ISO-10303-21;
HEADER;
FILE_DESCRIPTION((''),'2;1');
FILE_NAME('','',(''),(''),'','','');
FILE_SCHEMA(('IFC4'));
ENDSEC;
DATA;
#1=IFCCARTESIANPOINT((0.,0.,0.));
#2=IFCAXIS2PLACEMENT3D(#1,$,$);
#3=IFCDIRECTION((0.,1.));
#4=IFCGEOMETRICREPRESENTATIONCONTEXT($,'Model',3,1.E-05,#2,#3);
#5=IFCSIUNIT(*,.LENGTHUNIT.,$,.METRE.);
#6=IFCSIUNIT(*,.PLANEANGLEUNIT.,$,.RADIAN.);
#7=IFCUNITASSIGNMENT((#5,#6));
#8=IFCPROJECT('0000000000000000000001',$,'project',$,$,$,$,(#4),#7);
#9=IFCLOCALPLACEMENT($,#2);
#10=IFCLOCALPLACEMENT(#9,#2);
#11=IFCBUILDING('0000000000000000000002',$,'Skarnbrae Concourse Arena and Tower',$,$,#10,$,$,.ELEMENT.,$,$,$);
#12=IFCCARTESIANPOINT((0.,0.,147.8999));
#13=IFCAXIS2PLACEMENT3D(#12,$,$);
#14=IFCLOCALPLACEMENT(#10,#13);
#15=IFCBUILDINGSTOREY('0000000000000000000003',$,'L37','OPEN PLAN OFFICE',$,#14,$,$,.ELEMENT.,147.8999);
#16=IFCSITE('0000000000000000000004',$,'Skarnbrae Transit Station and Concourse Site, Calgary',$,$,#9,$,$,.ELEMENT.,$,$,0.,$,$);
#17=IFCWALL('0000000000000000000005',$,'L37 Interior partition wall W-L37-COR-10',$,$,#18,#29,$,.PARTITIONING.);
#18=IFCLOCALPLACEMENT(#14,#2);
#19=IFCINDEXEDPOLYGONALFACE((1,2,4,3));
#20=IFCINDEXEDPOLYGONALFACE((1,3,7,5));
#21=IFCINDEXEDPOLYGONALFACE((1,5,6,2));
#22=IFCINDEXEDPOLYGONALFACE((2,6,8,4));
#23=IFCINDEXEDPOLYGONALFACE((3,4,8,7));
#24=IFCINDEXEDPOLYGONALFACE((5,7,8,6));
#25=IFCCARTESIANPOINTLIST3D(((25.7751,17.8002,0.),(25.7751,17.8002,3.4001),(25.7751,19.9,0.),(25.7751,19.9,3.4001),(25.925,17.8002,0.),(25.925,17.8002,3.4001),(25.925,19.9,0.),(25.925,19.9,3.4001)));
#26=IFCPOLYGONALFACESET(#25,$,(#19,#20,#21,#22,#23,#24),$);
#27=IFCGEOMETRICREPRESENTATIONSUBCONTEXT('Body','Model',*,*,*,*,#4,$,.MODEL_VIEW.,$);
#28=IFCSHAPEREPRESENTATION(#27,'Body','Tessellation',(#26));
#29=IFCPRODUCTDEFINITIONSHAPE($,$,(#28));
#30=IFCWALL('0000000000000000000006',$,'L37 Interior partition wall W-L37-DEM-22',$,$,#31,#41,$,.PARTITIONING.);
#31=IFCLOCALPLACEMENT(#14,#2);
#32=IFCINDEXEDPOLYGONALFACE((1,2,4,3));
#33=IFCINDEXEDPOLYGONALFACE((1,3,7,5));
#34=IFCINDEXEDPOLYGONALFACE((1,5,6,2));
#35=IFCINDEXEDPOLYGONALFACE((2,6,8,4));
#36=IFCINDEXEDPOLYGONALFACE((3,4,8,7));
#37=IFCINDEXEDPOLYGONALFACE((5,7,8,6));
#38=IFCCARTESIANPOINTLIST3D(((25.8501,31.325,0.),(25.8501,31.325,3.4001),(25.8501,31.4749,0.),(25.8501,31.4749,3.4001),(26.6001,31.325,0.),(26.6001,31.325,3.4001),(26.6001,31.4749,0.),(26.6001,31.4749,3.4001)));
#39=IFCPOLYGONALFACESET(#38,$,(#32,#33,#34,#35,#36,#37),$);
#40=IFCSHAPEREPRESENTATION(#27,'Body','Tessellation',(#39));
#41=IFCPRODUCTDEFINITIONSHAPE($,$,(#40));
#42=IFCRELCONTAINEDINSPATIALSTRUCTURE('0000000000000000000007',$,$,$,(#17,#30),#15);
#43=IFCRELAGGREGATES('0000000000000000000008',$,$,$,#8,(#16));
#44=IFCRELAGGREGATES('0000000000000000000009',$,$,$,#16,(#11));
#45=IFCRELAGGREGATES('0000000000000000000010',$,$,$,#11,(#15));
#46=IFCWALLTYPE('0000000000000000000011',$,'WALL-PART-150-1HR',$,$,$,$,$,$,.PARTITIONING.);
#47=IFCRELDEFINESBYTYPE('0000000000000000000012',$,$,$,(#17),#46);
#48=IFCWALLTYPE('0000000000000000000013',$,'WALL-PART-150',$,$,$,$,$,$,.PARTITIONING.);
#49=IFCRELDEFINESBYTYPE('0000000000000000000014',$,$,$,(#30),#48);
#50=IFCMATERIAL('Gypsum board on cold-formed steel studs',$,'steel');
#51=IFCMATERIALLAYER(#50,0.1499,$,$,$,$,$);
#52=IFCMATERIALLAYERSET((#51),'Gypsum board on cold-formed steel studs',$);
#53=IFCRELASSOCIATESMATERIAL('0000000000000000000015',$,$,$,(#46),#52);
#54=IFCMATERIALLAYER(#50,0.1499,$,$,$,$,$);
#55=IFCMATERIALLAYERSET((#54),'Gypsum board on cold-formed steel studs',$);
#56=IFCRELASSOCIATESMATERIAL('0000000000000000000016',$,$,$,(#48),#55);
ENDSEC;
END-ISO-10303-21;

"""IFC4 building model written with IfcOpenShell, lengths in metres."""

from ifc_helpers import new_model, si_unit, direction, frame, frame_2d, origin, place, context, subcontext, project, spatial, rectangle, extrude, source, transform, mapped, material, layer, layer_set, type_object, element, save


model = new_model("IFC4")

# Units and contexts
model_context = context("Model", 3, precision=1e-05, world=origin(), true_north=direction((0.0, 1.0)))
body_context = subcontext(model_context, "Body", "Model", "MODEL_VIEW")
ifc_project = project(units=[si_unit("LENGTHUNIT", "METRE"), si_unit("PLANEANGLEUNIT", "RADIAN")], contexts=[model_context])

# Site, building, storey
site_placement = place(None, origin())
site = spatial("IfcSite", under=ifc_project, at=site_placement, Name="Skarnbrae Transit Station and Concourse Site, Calgary", CompositionType="ELEMENT", RefElevation=0.0)
building_placement = place(site_placement, origin())
building = spatial("IfcBuilding", under=site, at=building_placement, Name="Skarnbrae Concourse Arena and Tower", CompositionType="ELEMENT")
storey_placement = place(building_placement, frame((0.0, 0.0, 147.8999)))
storey = spatial("IfcBuildingStorey", under=building, at=storey_placement, Name="L37", Description="OPEN PLAN OFFICE", CompositionType="ELEMENT", Elevation=147.8999)

# Walls
ifc_material_1 = material(Name="Gypsum board on cold-formed steel studs", Category="steel")
ifc_layer_1 = layer(ifc_material_1, 0.1499)
ifc_layer_set_1 = layer_set([ifc_layer_1], Name="Gypsum board on cold-formed steel studs")
wall_type_1 = type_object("IfcWallType", Name="WALL-PART-150-1HR", PredefinedType="PARTITIONING", material=ifc_layer_set_1)
shared_shape_1 = source(origin(), body_context, "Body", "SweptSolid", [
    extrude(rectangle(XDim=2.0999, YDim=0.1499, at=frame_2d((1.0498, 0.0))), origin(), (0.0, 0.0, 1.0), 3.4001),
])
wall_1_placement = place(storey_placement, frame((25.8501, 19.8999, 0.0), z_axis=(0.0, 0.0, 1.0), x_axis=(0.0, -1.0, 0.0)))
element("IfcWall", 1, at=wall_1_placement, inside=storey, type_object=wall_type_1, Name="L37 Interior partition wall W-L37-COR-10", PredefinedType="PARTITIONING", context=body_context, shape_type="MappedRepresentation", body=[
    mapped(shared_shape_1, transform((0.0, 0.0, 0.0))),
])
ifc_layer_2 = layer(ifc_material_1, 0.1499)
ifc_layer_set_2 = layer_set([ifc_layer_2], Name="Gypsum board on cold-formed steel studs")
wall_type_2 = type_object("IfcWallType", Name="WALL-PART-150", PredefinedType="PARTITIONING", material=ifc_layer_set_2)
shared_shape_2 = source(origin(), body_context, "Body", "SweptSolid", [
    extrude(rectangle(XDim=0.75, YDim=0.1499, at=frame_2d((0.375, 0.0))), origin(), (0.0, 0.0, 1.0), 3.4001),
])
wall_2_placement = place(storey_placement, frame((26.6001, 31.3999, 0.0), z_axis=(0.0, 0.0, 1.0), x_axis=(-1.0, 0.0, 0.0)))
element("IfcWall", 2, at=wall_2_placement, inside=storey, type_object=wall_type_2, Name="L37 Interior partition wall W-L37-DEM-22", PredefinedType="PARTITIONING", context=body_context, shape_type="MappedRepresentation", body=[
    mapped(shared_shape_2, transform((0.0, 0.0, 0.0))),
])

save(model, "model.ifc")
